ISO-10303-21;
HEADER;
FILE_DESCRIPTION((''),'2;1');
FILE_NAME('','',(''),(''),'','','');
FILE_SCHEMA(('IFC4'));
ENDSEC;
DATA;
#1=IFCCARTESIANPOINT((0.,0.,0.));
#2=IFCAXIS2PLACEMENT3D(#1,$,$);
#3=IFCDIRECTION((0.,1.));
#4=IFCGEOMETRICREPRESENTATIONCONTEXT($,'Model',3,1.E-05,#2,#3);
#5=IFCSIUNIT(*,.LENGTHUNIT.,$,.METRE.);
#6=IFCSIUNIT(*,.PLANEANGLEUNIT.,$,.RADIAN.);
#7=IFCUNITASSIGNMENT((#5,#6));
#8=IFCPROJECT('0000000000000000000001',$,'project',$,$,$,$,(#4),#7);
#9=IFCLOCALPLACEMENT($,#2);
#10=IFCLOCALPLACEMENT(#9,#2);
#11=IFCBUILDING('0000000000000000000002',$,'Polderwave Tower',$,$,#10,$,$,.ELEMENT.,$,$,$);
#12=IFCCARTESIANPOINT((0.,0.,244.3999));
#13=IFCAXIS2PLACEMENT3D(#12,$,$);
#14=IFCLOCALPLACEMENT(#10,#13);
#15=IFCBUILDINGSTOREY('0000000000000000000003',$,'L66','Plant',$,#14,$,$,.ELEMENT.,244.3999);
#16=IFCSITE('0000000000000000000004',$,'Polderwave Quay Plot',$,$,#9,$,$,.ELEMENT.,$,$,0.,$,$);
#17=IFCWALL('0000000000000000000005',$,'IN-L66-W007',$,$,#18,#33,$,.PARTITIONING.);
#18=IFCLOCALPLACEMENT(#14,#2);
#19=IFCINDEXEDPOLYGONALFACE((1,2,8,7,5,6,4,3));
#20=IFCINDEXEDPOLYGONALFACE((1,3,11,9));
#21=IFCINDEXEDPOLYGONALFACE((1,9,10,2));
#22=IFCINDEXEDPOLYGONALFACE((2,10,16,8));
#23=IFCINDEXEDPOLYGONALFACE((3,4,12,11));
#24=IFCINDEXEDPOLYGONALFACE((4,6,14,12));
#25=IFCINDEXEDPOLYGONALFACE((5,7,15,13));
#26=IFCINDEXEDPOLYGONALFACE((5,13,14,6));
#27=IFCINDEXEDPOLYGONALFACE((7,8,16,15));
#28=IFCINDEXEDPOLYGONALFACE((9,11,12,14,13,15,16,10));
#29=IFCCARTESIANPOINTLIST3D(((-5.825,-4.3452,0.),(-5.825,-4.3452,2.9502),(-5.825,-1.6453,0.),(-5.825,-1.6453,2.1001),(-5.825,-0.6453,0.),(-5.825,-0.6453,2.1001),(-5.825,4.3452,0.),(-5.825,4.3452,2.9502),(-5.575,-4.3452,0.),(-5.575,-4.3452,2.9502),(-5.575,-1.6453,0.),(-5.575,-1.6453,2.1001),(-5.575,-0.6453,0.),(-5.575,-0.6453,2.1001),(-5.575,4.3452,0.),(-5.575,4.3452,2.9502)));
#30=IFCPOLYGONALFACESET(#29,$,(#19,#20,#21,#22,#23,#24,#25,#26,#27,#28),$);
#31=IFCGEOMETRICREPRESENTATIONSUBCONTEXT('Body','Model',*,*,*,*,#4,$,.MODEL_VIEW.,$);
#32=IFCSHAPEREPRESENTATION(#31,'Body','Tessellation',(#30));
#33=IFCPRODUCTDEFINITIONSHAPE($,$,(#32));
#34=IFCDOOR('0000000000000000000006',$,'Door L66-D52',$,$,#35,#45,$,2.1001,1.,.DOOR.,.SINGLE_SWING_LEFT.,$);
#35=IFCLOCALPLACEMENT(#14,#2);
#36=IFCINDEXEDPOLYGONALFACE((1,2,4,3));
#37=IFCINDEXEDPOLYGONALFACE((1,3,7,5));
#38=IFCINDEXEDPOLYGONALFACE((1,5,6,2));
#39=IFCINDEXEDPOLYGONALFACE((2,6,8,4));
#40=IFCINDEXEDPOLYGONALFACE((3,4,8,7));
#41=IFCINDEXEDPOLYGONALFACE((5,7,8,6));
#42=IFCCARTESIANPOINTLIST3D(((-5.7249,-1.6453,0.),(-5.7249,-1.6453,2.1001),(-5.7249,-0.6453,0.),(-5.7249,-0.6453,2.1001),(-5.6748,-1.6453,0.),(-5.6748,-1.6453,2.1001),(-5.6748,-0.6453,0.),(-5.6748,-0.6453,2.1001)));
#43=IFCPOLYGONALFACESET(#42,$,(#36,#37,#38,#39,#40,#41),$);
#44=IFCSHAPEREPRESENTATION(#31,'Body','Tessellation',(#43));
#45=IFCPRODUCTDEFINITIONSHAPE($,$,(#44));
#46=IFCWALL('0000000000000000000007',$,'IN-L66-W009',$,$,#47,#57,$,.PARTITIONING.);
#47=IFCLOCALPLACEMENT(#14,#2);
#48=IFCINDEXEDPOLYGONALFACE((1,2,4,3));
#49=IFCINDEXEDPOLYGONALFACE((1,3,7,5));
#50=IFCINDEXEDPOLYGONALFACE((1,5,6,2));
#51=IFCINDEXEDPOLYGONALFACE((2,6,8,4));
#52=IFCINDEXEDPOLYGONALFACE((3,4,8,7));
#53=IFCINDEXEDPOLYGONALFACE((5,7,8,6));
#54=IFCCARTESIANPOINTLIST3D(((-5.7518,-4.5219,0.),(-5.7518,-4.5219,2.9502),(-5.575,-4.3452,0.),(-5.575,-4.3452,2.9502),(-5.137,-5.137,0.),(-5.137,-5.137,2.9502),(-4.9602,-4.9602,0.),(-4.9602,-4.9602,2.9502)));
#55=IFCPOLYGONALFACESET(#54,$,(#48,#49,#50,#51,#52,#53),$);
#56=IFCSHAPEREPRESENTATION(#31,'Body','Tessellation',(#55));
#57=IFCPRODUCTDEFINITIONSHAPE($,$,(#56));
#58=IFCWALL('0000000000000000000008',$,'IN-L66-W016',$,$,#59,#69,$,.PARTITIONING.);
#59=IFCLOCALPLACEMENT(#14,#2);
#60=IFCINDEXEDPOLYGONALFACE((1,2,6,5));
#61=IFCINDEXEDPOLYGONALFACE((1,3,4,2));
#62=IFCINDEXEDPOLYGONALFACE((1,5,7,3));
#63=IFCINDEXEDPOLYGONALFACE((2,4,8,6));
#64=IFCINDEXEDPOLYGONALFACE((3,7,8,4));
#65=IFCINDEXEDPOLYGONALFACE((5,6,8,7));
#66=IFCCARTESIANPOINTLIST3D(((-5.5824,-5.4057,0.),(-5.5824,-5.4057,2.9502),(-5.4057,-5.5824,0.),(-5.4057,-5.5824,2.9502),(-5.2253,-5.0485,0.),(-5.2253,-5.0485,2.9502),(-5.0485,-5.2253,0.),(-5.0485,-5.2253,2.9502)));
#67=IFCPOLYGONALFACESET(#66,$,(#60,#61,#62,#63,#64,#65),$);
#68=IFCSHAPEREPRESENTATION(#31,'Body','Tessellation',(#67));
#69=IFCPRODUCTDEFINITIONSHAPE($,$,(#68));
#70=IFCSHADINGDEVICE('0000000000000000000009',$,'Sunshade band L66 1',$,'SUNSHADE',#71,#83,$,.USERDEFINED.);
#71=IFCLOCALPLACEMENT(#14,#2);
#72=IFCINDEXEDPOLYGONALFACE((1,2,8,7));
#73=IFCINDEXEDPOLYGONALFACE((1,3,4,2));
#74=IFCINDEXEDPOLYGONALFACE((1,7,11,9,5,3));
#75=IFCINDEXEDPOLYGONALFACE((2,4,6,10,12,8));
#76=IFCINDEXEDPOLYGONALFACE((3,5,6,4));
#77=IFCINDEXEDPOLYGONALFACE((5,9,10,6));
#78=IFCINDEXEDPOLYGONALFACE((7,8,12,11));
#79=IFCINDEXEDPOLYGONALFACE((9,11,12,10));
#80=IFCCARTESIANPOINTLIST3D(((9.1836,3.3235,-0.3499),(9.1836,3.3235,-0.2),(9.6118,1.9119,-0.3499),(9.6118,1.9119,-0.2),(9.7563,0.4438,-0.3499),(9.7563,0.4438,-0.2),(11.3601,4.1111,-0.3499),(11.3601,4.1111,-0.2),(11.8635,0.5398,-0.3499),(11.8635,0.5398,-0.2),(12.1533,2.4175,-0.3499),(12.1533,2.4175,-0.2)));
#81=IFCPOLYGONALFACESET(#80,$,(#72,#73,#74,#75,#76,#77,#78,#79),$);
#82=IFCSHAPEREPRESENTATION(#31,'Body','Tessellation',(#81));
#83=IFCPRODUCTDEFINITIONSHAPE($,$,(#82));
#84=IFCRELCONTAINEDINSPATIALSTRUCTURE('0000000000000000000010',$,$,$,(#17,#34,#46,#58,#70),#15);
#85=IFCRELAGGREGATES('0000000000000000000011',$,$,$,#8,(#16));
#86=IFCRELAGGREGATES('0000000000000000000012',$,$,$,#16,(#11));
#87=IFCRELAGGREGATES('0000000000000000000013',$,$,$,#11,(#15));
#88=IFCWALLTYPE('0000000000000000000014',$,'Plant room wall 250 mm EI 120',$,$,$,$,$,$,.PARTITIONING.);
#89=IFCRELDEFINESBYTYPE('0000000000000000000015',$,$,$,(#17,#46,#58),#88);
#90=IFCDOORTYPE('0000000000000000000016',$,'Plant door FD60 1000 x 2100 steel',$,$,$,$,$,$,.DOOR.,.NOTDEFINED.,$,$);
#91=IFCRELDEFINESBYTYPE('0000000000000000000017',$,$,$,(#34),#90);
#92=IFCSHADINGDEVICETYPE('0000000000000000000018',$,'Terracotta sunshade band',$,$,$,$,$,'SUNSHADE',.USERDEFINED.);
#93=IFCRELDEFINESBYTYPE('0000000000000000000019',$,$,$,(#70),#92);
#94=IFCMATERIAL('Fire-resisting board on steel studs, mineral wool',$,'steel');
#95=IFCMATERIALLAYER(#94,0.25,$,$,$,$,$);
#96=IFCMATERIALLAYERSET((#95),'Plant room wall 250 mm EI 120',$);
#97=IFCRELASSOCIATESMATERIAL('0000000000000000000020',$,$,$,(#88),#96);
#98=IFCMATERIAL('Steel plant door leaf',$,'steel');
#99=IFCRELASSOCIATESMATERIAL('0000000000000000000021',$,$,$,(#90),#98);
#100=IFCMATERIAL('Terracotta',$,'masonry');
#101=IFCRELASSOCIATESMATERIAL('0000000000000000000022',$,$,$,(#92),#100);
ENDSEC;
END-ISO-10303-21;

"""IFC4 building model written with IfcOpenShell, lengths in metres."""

from ifc_helpers import new_model, si_unit, direction, frame, frame_2d, origin, place, context, subcontext, project, spatial, polyline, rectangle, outline, extrude, material, layer, layer_set, type_object, element, fill, save


model = new_model("IFC4")

# Units and contexts
model_context = context("Model", 3, precision=1e-05, world=origin(), true_north=direction((0.0, 1.0)))
body_context = subcontext(model_context, "Body", "Model", "MODEL_VIEW")
ifc_project = project(units=[si_unit("LENGTHUNIT", "METRE"), si_unit("PLANEANGLEUNIT", "RADIAN")], contexts=[model_context])

# Site, building, storey
site_placement = place(None, origin())
site = spatial("IfcSite", under=ifc_project, at=site_placement, Name="Polderwave Quay Plot", CompositionType="ELEMENT", RefElevation=0.0)
building_placement = place(site_placement, origin())
building = spatial("IfcBuilding", under=site, at=building_placement, Name="Polderwave Tower", CompositionType="ELEMENT")
storey_placement = place(building_placement, frame((0.0, 0.0, 244.3999)))
storey = spatial("IfcBuildingStorey", under=building, at=storey_placement, Name="L66", Description="Plant", CompositionType="ELEMENT", Elevation=244.3999)

# Wall, opening, door
ifc_material_1 = material(Name="Fire-resisting board on steel studs, mineral wool", Category="steel")
ifc_layer_1 = layer(ifc_material_1, 0.25)
ifc_layer_set_1 = layer_set([ifc_layer_1], Name="Plant room wall 250 mm EI 120")
wall_type_1 = type_object("IfcWallType", Name="Plant room wall 250 mm EI 120", PredefinedType="PARTITIONING", material=ifc_layer_set_1)
wall_1_placement = place(storey_placement, frame((-5.7, -4.3452, 0.0), z_axis=(0.0, 0.0, 1.0), x_axis=(0.0, 1.0, 0.0)))
wall_1 = element("IfcWall", 1, at=wall_1_placement, inside=storey, type_object=wall_type_1, Name="IN-L66-W007", PredefinedType="PARTITIONING", context=body_context, shape_type="SweptSolid", body=[
    extrude(rectangle(XDim=8.6904, YDim=0.25, at=frame_2d((4.3452, 0.0))), origin(), (0.0, 0.0, 1.0), 2.9502),
])
opening_1_placement = place(wall_1_placement, frame((2.7, 0.0, 0.0)))
opening_1 = element("IfcOpeningElement", 2, at=opening_1_placement, cuts=wall_1, PredefinedType="OPENING", context=body_context, shape_type="SweptSolid", body=[
    extrude(rectangle(XDim=1.0, YDim=2.1001, at=frame_2d((0.5, 1.05))), frame((0.0, 0.135, 0.0), z_axis=(0.0, -1.0, 0.0), x_axis=(1.0, 0.0, 0.0)), (0.0, 0.0, 1.0), 0.27),
])
ifc_material_2 = material(Name="Steel plant door leaf", Category="steel")
door_type_1 = type_object("IfcDoorType", Name="Plant door FD60 1000 x 2100 steel", OperationType="NOTDEFINED", PredefinedType="DOOR", material=ifc_material_2)
door_1_placement = place(opening_1_placement, origin())
door_1 = element("IfcDoor", 3, at=door_1_placement, inside=storey, type_object=door_type_1, Name="Door L66-D52", OperationType="SINGLE_SWING_LEFT", OverallHeight=2.1001, OverallWidth=1.0, PredefinedType="DOOR", context=body_context, shape_type="SweptSolid", body=[
    extrude(rectangle(XDim=1.0, YDim=2.1001, at=frame_2d((0.5, 1.05))), frame((0.0, 0.0249, 0.0), z_axis=(0.0, -1.0, 0.0), x_axis=(1.0, 0.0, 0.0)), (0.0, 0.0, 1.0), 0.05),
])
fill(opening_1, door_1)

# Walls
wall_2_placement = place(storey_placement, frame((-5.0486, -5.0486, 0.0), z_axis=(0.0, 0.0, 1.0), x_axis=(-0.706966, 0.707247, 0.0)))
element("IfcWall", 4, at=wall_2_placement, inside=storey, type_object=wall_type_1, Name="IN-L66-W009", PredefinedType="PARTITIONING", context=body_context, shape_type="SweptSolid", body=[
    extrude(rectangle(XDim=0.8696, YDim=0.25, at=frame_2d((0.4348, 0.0))), origin(), (0.0, 0.0, 1.0), 2.9502),
])
wall_3_placement = place(storey_placement, frame((-5.137, -5.137, 0.0), z_axis=(0.0, 0.0, 1.0), x_axis=(-0.707107, -0.707107, 0.0)))
element("IfcWall", 5, at=wall_3_placement, inside=storey, type_object=wall_type_1, Name="IN-L66-W016", PredefinedType="PARTITIONING", context=body_context, shape_type="SweptSolid", body=[
    extrude(rectangle(XDim=0.5051, YDim=0.25, at=frame_2d((0.2524, 0.0))), origin(), (0.0, 0.0, 1.0), 2.9502),
])

# Shading device
ifc_material_3 = material(Name="Terracotta", Category="masonry")
shading_device_type = type_object("IfcShadingDeviceType", Name="Terracotta sunshade band", ElementType="SUNSHADE", PredefinedType="USERDEFINED", material=ifc_material_3)
shading_device_placement = place(storey_placement, frame((0.0, 0.0, -0.3499)))
element("IfcShadingDevice", 6, at=shading_device_placement, inside=storey, type_object=shading_device_type, Name="Sunshade band L66 1", ObjectType="SUNSHADE", PredefinedType="USERDEFINED", context=body_context, shape_type="SweptSolid", body=[
    extrude(outline(polyline([(9.7563, 0.4438), (9.6118, 1.9119), (9.1836, 3.3235), (11.3601, 4.1111), (12.1533, 2.4175), (11.8635, 0.5398), (9.7563, 0.4438)])), origin(), (0.0, 0.0, 1.0), 0.1499),
])

save(model, "model.ifc")
